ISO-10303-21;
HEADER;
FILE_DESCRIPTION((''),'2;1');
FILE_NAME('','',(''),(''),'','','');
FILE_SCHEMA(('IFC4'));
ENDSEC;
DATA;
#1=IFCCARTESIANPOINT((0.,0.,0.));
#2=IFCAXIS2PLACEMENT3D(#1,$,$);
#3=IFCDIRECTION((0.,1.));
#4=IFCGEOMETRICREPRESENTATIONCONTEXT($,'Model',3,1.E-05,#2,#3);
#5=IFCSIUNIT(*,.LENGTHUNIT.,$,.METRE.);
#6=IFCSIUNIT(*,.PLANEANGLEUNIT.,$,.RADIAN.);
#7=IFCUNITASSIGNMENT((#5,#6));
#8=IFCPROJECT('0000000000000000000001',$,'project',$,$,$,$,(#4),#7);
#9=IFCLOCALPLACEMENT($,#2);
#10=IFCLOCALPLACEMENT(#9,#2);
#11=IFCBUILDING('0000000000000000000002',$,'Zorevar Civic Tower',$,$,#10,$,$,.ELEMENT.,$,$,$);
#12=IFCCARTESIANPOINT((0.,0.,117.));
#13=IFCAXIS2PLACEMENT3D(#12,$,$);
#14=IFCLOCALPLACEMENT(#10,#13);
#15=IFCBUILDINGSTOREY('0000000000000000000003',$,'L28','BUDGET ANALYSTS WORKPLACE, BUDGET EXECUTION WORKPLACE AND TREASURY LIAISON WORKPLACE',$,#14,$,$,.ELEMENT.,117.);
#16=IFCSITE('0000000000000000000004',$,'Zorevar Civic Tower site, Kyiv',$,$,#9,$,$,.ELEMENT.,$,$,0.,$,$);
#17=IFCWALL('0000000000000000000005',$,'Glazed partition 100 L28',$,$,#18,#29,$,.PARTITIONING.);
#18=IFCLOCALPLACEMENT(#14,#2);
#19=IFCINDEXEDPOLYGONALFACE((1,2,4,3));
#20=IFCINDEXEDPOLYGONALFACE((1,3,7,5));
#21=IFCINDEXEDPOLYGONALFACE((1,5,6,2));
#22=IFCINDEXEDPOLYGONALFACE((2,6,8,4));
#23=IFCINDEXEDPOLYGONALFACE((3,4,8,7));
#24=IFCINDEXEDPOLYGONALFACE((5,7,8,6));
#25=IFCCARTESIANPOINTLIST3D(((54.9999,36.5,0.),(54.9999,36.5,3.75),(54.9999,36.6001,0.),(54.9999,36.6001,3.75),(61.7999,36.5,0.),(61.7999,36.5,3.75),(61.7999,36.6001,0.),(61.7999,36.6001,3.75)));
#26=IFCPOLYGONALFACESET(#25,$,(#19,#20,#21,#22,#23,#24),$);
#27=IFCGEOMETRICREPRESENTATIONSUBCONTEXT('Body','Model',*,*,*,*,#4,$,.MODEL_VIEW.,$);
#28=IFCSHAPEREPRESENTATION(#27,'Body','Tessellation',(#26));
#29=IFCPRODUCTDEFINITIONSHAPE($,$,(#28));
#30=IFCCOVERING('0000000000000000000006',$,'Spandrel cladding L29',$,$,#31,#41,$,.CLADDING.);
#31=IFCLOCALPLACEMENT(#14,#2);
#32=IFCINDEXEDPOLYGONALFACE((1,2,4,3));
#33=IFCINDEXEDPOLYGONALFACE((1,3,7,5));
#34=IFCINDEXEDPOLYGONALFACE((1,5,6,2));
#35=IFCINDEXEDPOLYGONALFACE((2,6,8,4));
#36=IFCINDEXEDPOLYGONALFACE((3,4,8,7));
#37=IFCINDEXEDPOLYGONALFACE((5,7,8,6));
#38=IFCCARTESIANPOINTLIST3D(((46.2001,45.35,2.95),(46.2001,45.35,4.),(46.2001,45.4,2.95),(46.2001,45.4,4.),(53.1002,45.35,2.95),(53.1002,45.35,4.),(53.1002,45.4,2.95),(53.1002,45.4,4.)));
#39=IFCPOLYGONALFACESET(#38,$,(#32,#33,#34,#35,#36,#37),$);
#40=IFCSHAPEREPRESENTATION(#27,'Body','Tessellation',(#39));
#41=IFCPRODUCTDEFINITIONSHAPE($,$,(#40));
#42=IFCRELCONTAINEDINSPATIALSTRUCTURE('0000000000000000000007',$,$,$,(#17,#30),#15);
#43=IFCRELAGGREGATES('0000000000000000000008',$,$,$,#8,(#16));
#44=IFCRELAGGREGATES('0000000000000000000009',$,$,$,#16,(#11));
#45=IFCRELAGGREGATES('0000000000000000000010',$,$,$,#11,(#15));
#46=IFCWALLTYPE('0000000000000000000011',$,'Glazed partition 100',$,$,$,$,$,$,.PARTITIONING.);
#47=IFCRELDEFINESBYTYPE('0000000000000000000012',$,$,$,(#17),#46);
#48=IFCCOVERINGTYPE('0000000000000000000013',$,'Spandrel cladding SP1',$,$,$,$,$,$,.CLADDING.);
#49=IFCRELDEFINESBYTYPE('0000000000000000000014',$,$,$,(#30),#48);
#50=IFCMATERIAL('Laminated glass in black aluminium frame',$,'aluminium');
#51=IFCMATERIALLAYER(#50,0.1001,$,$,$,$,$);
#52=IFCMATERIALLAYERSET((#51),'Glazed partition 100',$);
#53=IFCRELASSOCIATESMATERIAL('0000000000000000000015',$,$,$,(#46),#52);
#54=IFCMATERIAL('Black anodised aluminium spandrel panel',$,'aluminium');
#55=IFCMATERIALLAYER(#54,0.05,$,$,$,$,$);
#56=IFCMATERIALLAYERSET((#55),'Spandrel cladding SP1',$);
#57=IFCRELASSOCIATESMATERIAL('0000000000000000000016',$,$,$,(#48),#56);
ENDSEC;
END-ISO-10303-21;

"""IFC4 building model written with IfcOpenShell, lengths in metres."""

from ifc_helpers import new_model, si_unit, direction, frame, frame_2d, origin, place, context, subcontext, project, spatial, rectangle, extrude, material, layer, layer_set, type_object, element, save


model = new_model("IFC4")

# Units and contexts
model_context = context("Model", 3, precision=1e-05, world=origin(), true_north=direction((0.0, 1.0)))
body_context = subcontext(model_context, "Body", "Model", "MODEL_VIEW")
ifc_project = project(units=[si_unit("LENGTHUNIT", "METRE"), si_unit("PLANEANGLEUNIT", "RADIAN")], contexts=[model_context])

# Site, building, storey
site_placement = place(None, origin())
site = spatial("IfcSite", under=ifc_project, at=site_placement, Name="Zorevar Civic Tower site, Kyiv", CompositionType="ELEMENT", RefElevation=0.0)
building_placement = place(site_placement, origin())
building = spatial("IfcBuilding", under=site, at=building_placement, Name="Zorevar Civic Tower", CompositionType="ELEMENT")
storey_placement = place(building_placement, frame((0.0, 0.0, 117.0)))
storey = spatial("IfcBuildingStorey", under=building, at=storey_placement, Name="L28", Description="BUDGET ANALYSTS WORKPLACE, BUDGET EXECUTION WORKPLACE AND TREASURY LIAISON WORKPLACE", CompositionType="ELEMENT", Elevation=117.0)

# Wall
ifc_material_1 = material(Name="Laminated glass in black aluminium frame", Category="aluminium")
ifc_layer_1 = layer(ifc_material_1, 0.1001)
ifc_layer_set_1 = layer_set([ifc_layer_1], Name="Glazed partition 100")
wall_type = type_object("IfcWallType", Name="Glazed partition 100", PredefinedType="PARTITIONING", material=ifc_layer_set_1)
wall_1_placement = place(storey_placement, frame((55.0, 36.55, 0.0), z_axis=(0.0, 0.0, 1.0), x_axis=(1.0, 0.0, 0.0)))
element("IfcWall", 1, at=wall_1_placement, inside=storey, type_object=wall_type, Name="Glazed partition 100 L28", PredefinedType="PARTITIONING", context=body_context, shape_type="SweptSolid", body=[
    extrude(rectangle(XDim=6.8, YDim=0.1001, at=frame_2d((3.3999, 0.0))), origin(), (0.0, 0.0, 1.0), 3.75),
])

# Covering
ifc_material_2 = material(Name="Black anodised aluminium spandrel panel", Category="aluminium")
ifc_layer_2 = layer(ifc_material_2, 0.05)
ifc_layer_set_2 = layer_set([ifc_layer_2], Name="Spandrel cladding SP1")
covering_type = type_object("IfcCoveringType", Name="Spandrel cladding SP1", PredefinedType="CLADDING", material=ifc_layer_set_2)
covering_placement = place(storey_placement, frame((46.2, 45.375, 2.95), z_axis=(0.0, 0.0, 1.0), x_axis=(1.0, 0.0, 0.0)))
element("IfcCovering", 2, at=covering_placement, inside=storey, type_object=covering_type, Name="Spandrel cladding L29", PredefinedType="CLADDING", context=body_context, shape_type="SweptSolid", body=[
    extrude(rectangle(XDim=6.9001, YDim=0.05, at=frame_2d((3.4502, 0.0))), origin(), (0.0, 0.0, 1.0), 1.05),
])

save(model, "model.ifc")
